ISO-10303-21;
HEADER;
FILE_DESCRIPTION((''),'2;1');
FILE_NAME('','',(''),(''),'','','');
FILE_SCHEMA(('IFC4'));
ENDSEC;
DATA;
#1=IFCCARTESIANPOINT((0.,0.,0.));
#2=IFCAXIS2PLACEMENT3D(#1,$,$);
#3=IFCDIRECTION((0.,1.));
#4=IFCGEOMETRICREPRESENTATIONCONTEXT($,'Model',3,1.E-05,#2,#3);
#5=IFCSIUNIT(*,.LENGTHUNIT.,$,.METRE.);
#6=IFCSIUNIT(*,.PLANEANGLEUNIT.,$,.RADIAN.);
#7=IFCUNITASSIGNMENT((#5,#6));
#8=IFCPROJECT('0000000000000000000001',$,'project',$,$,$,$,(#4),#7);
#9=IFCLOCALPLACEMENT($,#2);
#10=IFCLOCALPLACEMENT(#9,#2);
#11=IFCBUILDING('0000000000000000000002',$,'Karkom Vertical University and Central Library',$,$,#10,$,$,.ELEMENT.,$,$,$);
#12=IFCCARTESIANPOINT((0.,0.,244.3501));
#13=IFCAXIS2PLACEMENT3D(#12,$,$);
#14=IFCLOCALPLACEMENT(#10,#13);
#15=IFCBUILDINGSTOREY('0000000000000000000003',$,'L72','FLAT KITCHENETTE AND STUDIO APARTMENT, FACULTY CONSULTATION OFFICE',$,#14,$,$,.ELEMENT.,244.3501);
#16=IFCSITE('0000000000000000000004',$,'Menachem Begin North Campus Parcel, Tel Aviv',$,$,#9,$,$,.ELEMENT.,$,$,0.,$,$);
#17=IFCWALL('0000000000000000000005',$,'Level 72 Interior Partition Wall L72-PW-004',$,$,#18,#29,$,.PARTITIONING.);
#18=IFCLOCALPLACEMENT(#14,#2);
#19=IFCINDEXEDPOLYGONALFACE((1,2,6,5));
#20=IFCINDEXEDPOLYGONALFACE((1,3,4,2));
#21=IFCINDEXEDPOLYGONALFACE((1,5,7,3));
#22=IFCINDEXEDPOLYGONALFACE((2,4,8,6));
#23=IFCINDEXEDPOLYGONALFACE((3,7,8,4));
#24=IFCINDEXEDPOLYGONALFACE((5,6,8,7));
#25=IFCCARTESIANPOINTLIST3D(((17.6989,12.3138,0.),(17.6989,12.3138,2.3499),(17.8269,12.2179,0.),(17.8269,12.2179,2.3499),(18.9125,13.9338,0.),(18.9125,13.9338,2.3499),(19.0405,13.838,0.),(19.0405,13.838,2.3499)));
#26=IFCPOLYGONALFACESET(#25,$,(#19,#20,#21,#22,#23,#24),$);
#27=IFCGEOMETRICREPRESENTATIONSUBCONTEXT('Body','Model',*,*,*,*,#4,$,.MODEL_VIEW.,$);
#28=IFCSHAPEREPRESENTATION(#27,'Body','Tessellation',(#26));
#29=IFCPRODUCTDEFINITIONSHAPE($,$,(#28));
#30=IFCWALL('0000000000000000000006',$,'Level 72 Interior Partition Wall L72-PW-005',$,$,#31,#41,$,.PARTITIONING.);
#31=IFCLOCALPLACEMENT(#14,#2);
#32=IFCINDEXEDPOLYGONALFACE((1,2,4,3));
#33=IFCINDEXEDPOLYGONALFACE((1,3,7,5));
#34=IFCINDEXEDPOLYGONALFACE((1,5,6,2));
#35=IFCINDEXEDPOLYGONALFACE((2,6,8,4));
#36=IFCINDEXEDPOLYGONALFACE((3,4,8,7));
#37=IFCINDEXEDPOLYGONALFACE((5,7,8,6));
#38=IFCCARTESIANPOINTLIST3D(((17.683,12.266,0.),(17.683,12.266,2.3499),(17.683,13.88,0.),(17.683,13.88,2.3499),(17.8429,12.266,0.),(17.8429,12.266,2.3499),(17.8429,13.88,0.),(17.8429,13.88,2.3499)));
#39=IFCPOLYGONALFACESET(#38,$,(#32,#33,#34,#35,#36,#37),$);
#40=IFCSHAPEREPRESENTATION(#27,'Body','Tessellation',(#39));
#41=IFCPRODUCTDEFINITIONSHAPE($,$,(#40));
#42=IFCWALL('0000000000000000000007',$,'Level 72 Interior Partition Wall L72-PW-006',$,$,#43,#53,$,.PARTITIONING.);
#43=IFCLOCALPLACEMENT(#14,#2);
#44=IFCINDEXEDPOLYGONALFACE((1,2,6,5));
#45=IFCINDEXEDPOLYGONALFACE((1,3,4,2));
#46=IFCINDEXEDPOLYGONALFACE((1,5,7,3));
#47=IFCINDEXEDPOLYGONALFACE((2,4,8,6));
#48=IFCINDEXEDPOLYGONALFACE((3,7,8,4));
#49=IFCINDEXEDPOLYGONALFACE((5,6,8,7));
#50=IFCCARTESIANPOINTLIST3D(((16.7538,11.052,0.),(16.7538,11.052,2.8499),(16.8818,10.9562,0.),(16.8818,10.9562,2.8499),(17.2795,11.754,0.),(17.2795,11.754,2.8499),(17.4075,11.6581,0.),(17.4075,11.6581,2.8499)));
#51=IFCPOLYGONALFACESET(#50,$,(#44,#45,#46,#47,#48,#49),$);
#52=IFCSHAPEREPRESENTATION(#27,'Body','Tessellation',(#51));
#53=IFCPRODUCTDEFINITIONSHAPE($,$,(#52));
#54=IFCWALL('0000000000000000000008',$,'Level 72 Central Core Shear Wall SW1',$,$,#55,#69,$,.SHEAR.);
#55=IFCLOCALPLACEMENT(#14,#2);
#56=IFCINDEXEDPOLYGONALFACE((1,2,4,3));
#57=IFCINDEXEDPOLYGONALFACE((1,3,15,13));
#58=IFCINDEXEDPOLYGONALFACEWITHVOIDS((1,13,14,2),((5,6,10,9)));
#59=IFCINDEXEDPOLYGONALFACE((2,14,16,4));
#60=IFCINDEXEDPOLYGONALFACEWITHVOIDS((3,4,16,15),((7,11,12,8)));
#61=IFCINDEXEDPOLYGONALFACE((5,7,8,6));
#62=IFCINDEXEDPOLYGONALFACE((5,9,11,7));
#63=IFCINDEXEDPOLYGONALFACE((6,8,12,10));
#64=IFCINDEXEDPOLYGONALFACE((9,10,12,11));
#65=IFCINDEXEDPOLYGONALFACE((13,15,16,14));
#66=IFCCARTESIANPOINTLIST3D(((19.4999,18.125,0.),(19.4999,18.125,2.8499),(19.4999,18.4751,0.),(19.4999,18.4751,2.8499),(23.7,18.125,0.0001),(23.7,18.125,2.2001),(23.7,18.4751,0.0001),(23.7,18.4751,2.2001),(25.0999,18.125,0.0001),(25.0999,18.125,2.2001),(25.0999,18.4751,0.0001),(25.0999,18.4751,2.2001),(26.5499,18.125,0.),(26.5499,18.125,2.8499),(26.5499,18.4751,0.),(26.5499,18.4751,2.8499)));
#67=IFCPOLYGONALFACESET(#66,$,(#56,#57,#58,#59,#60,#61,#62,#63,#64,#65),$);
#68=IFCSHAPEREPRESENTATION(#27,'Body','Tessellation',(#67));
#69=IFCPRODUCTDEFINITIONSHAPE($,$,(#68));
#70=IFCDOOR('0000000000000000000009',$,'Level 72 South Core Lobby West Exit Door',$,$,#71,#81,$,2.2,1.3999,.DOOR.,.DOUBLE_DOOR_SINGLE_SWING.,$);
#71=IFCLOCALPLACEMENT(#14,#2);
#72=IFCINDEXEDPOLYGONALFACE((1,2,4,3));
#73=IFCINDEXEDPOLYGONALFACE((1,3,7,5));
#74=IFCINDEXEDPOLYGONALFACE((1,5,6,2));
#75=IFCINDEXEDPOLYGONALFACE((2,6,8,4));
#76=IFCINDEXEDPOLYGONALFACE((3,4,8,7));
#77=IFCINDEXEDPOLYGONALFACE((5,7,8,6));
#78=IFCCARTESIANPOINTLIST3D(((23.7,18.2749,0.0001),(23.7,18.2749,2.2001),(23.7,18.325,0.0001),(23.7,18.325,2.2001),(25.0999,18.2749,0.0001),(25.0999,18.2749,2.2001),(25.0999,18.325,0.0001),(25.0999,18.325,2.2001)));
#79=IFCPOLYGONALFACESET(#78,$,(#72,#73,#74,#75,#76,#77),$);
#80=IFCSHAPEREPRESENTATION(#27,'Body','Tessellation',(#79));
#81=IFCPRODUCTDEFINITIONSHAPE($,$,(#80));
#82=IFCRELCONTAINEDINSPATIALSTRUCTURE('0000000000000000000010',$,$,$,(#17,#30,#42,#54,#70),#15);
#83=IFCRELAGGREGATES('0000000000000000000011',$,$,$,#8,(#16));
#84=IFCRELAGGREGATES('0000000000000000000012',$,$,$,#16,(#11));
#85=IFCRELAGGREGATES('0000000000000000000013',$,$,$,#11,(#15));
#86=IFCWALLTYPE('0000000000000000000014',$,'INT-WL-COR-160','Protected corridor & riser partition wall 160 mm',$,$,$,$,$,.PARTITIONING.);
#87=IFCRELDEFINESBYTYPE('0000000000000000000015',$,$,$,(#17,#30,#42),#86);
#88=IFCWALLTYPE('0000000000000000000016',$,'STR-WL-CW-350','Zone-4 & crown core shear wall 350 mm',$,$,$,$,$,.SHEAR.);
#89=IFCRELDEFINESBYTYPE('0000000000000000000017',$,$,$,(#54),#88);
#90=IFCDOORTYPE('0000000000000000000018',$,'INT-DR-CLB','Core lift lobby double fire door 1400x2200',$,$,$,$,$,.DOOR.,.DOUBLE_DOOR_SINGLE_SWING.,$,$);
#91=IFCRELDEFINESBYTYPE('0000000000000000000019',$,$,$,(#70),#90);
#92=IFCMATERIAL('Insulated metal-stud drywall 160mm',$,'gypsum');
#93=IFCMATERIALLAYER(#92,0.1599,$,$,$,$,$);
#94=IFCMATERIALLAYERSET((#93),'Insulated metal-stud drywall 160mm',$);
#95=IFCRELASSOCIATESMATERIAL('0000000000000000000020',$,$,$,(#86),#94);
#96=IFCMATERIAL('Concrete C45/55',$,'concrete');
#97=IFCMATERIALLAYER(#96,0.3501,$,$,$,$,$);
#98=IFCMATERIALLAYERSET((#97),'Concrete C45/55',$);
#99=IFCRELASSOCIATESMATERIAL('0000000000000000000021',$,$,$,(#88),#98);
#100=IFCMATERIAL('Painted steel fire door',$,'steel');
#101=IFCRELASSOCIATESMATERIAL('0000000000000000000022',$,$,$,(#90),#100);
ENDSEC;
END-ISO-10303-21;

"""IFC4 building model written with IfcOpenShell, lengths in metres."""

from ifc_helpers import new_model, si_unit, direction, frame, frame_2d, origin, origin_with_axes, place, context, subcontext, project, spatial, rectangle, extrude, source, transform, mapped, material, layer, layer_set, type_object, element, fill, save


model = new_model("IFC4")

# Units and contexts
model_context = context("Model", 3, precision=1e-05, world=origin(), true_north=direction((0.0, 1.0)))
body_context = subcontext(model_context, "Body", "Model", "MODEL_VIEW")
ifc_project = project(units=[si_unit("LENGTHUNIT", "METRE"), si_unit("PLANEANGLEUNIT", "RADIAN")], contexts=[model_context])

# Site, building, storey
site_placement = place(None, origin())
site = spatial("IfcSite", under=ifc_project, at=site_placement, Name="Menachem Begin North Campus Parcel, Tel Aviv", CompositionType="ELEMENT", RefElevation=0.0)
building_placement = place(site_placement, origin())
building = spatial("IfcBuilding", under=site, at=building_placement, Name="Karkom Vertical University and Central Library", CompositionType="ELEMENT")
storey_placement = place(building_placement, frame((0.0, 0.0, 244.3501)))
storey = spatial("IfcBuildingStorey", under=building, at=storey_placement, Name="L72", Description="FLAT KITCHENETTE AND STUDIO APARTMENT, FACULTY CONSULTATION OFFICE", CompositionType="ELEMENT", Elevation=244.3501)

# Shared definitions
ifc_material_1 = material(Name="Concrete C45/55", Category="concrete")

# Shared definitions
ifc_material_2 = material(Name="Insulated metal-stud drywall 160mm", Category="gypsum")
ifc_layer_1 = layer(ifc_material_2, 0.1599)
ifc_layer_set_1 = layer_set([ifc_layer_1], Name="Insulated metal-stud drywall 160mm")
wall_type_1 = type_object("IfcWallType", Name="INT-WL-COR-160", Description="Protected corridor & riser partition wall 160 mm", PredefinedType="PARTITIONING", material=ifc_layer_set_1)

# Walls
wall_1_placement = place(storey_placement, frame((18.9766, 13.886, 0.0), z_axis=(0.0, 0.0, 1.0), x_axis=(-0.599537, -0.800347, 0.0)))
element("IfcWall", 1, at=wall_1_placement, inside=storey, type_object=wall_type_1, Name="Level 72 Interior Partition Wall L72-PW-004", PredefinedType="PARTITIONING", context=body_context, shape_type="SweptSolid", body=[
    extrude(rectangle(XDim=2.0242, YDim=0.1599, at=frame_2d((1.0122, 0.0))), origin(), (0.0, 0.0, 1.0), 2.3499),
])
wall_2_placement = place(storey_placement, frame((17.7629, 12.2659, 0.0), z_axis=(0.0, 0.0, 1.0), x_axis=(0.0, 1.0, 0.0)))
element("IfcWall", 2, at=wall_2_placement, inside=storey, type_object=wall_type_1, Name="Level 72 Interior Partition Wall L72-PW-005", PredefinedType="PARTITIONING", context=body_context, shape_type="SweptSolid", body=[
    extrude(rectangle(XDim=1.614, YDim=0.1599, at=frame_2d((0.8071, 0.0))), origin(), (0.0, 0.0, 1.0), 2.3499),
])
wall_3_placement = place(storey_placement, frame((17.3435, 11.7061, 0.0), z_axis=(0.0, 0.0, 1.0), x_axis=(-0.599421, -0.800434, 0.0)))
element("IfcWall", 3, at=wall_3_placement, inside=storey, type_object=wall_type_1, Name="Level 72 Interior Partition Wall L72-PW-006", PredefinedType="PARTITIONING", context=body_context, shape_type="SweptSolid", body=[
    extrude(rectangle(XDim=0.877, YDim=0.1599, at=frame_2d((0.4385, 0.0))), origin(), (0.0, 0.0, 1.0), 2.8499),
])

# Wall, opening, door
ifc_layer_2 = layer(ifc_material_1, 0.3501)
ifc_layer_set_2 = layer_set([ifc_layer_2], Name="Concrete C45/55")
wall_type_2 = type_object("IfcWallType", Name="STR-WL-CW-350", Description="Zone-4 & crown core shear wall 350 mm", PredefinedType="SHEAR", material=ifc_layer_set_2)
wall_4_placement = place(storey_placement, frame((19.5, 18.3, 0.0), z_axis=(0.0, 0.0, 1.0), x_axis=(1.0, 0.0, 0.0)))
wall_4 = element("IfcWall", 4, at=wall_4_placement, inside=storey, type_object=wall_type_2, Name="Level 72 Central Core Shear Wall SW1", PredefinedType="SHEAR", context=body_context, shape_type="SweptSolid", body=[
    extrude(rectangle(XDim=7.05, YDim=0.3501, at=frame_2d((3.5249, 0.0))), origin(), (0.0, 0.0, 1.0), 2.8499),
])
opening_1_placement = place(wall_4_placement, frame((4.2, 0.0, 0.0)))
opening_1 = element("IfcOpeningElement", 5, at=opening_1_placement, cuts=wall_4, PredefinedType="OPENING", context=body_context, shape_type="SweptSolid", body=[
    extrude(rectangle(XDim=1.3999, YDim=2.2, at=frame_2d((0.7, 1.1001))), frame((0.0, 0.1851, 0.0), z_axis=(0.0, -1.0, 0.0), x_axis=(1.0, 0.0, 0.0)), (0.0, 0.0, 1.0), 0.3701),
])
ifc_material_3 = material(Name="Painted steel fire door", Category="steel")
door_type_1 = type_object("IfcDoorType", Name="INT-DR-CLB", Description="Core lift lobby double fire door 1400x2200", OperationType="DOUBLE_DOOR_SINGLE_SWING", PredefinedType="DOOR", material=ifc_material_3)
shared_shape_1 = source(origin_with_axes(), body_context, "Body", "SweptSolid", [
    extrude(rectangle(XDim=1.3999, YDim=2.2, at=frame_2d((0.7, 1.1001))), frame((0.0, 0.0249, 0.0), z_axis=(0.0, -1.0, 0.0), x_axis=(1.0, 0.0, 0.0)), (0.0, 0.0, 1.0), 0.05),
])
door_1_placement = place(opening_1_placement, origin())
door_1 = element("IfcDoor", 6, at=door_1_placement, inside=storey, type_object=door_type_1, Name="Level 72 South Core Lobby West Exit Door", OperationType="DOUBLE_DOOR_SINGLE_SWING", OverallHeight=2.2, OverallWidth=1.3999, PredefinedType="DOOR", context=body_context, shape_type="MappedRepresentation", body=[
    mapped(shared_shape_1, transform((0.0, 0.0, 0.0), scale=1.0)),
])
fill(opening_1, door_1)

save(model, "model.ifc")
